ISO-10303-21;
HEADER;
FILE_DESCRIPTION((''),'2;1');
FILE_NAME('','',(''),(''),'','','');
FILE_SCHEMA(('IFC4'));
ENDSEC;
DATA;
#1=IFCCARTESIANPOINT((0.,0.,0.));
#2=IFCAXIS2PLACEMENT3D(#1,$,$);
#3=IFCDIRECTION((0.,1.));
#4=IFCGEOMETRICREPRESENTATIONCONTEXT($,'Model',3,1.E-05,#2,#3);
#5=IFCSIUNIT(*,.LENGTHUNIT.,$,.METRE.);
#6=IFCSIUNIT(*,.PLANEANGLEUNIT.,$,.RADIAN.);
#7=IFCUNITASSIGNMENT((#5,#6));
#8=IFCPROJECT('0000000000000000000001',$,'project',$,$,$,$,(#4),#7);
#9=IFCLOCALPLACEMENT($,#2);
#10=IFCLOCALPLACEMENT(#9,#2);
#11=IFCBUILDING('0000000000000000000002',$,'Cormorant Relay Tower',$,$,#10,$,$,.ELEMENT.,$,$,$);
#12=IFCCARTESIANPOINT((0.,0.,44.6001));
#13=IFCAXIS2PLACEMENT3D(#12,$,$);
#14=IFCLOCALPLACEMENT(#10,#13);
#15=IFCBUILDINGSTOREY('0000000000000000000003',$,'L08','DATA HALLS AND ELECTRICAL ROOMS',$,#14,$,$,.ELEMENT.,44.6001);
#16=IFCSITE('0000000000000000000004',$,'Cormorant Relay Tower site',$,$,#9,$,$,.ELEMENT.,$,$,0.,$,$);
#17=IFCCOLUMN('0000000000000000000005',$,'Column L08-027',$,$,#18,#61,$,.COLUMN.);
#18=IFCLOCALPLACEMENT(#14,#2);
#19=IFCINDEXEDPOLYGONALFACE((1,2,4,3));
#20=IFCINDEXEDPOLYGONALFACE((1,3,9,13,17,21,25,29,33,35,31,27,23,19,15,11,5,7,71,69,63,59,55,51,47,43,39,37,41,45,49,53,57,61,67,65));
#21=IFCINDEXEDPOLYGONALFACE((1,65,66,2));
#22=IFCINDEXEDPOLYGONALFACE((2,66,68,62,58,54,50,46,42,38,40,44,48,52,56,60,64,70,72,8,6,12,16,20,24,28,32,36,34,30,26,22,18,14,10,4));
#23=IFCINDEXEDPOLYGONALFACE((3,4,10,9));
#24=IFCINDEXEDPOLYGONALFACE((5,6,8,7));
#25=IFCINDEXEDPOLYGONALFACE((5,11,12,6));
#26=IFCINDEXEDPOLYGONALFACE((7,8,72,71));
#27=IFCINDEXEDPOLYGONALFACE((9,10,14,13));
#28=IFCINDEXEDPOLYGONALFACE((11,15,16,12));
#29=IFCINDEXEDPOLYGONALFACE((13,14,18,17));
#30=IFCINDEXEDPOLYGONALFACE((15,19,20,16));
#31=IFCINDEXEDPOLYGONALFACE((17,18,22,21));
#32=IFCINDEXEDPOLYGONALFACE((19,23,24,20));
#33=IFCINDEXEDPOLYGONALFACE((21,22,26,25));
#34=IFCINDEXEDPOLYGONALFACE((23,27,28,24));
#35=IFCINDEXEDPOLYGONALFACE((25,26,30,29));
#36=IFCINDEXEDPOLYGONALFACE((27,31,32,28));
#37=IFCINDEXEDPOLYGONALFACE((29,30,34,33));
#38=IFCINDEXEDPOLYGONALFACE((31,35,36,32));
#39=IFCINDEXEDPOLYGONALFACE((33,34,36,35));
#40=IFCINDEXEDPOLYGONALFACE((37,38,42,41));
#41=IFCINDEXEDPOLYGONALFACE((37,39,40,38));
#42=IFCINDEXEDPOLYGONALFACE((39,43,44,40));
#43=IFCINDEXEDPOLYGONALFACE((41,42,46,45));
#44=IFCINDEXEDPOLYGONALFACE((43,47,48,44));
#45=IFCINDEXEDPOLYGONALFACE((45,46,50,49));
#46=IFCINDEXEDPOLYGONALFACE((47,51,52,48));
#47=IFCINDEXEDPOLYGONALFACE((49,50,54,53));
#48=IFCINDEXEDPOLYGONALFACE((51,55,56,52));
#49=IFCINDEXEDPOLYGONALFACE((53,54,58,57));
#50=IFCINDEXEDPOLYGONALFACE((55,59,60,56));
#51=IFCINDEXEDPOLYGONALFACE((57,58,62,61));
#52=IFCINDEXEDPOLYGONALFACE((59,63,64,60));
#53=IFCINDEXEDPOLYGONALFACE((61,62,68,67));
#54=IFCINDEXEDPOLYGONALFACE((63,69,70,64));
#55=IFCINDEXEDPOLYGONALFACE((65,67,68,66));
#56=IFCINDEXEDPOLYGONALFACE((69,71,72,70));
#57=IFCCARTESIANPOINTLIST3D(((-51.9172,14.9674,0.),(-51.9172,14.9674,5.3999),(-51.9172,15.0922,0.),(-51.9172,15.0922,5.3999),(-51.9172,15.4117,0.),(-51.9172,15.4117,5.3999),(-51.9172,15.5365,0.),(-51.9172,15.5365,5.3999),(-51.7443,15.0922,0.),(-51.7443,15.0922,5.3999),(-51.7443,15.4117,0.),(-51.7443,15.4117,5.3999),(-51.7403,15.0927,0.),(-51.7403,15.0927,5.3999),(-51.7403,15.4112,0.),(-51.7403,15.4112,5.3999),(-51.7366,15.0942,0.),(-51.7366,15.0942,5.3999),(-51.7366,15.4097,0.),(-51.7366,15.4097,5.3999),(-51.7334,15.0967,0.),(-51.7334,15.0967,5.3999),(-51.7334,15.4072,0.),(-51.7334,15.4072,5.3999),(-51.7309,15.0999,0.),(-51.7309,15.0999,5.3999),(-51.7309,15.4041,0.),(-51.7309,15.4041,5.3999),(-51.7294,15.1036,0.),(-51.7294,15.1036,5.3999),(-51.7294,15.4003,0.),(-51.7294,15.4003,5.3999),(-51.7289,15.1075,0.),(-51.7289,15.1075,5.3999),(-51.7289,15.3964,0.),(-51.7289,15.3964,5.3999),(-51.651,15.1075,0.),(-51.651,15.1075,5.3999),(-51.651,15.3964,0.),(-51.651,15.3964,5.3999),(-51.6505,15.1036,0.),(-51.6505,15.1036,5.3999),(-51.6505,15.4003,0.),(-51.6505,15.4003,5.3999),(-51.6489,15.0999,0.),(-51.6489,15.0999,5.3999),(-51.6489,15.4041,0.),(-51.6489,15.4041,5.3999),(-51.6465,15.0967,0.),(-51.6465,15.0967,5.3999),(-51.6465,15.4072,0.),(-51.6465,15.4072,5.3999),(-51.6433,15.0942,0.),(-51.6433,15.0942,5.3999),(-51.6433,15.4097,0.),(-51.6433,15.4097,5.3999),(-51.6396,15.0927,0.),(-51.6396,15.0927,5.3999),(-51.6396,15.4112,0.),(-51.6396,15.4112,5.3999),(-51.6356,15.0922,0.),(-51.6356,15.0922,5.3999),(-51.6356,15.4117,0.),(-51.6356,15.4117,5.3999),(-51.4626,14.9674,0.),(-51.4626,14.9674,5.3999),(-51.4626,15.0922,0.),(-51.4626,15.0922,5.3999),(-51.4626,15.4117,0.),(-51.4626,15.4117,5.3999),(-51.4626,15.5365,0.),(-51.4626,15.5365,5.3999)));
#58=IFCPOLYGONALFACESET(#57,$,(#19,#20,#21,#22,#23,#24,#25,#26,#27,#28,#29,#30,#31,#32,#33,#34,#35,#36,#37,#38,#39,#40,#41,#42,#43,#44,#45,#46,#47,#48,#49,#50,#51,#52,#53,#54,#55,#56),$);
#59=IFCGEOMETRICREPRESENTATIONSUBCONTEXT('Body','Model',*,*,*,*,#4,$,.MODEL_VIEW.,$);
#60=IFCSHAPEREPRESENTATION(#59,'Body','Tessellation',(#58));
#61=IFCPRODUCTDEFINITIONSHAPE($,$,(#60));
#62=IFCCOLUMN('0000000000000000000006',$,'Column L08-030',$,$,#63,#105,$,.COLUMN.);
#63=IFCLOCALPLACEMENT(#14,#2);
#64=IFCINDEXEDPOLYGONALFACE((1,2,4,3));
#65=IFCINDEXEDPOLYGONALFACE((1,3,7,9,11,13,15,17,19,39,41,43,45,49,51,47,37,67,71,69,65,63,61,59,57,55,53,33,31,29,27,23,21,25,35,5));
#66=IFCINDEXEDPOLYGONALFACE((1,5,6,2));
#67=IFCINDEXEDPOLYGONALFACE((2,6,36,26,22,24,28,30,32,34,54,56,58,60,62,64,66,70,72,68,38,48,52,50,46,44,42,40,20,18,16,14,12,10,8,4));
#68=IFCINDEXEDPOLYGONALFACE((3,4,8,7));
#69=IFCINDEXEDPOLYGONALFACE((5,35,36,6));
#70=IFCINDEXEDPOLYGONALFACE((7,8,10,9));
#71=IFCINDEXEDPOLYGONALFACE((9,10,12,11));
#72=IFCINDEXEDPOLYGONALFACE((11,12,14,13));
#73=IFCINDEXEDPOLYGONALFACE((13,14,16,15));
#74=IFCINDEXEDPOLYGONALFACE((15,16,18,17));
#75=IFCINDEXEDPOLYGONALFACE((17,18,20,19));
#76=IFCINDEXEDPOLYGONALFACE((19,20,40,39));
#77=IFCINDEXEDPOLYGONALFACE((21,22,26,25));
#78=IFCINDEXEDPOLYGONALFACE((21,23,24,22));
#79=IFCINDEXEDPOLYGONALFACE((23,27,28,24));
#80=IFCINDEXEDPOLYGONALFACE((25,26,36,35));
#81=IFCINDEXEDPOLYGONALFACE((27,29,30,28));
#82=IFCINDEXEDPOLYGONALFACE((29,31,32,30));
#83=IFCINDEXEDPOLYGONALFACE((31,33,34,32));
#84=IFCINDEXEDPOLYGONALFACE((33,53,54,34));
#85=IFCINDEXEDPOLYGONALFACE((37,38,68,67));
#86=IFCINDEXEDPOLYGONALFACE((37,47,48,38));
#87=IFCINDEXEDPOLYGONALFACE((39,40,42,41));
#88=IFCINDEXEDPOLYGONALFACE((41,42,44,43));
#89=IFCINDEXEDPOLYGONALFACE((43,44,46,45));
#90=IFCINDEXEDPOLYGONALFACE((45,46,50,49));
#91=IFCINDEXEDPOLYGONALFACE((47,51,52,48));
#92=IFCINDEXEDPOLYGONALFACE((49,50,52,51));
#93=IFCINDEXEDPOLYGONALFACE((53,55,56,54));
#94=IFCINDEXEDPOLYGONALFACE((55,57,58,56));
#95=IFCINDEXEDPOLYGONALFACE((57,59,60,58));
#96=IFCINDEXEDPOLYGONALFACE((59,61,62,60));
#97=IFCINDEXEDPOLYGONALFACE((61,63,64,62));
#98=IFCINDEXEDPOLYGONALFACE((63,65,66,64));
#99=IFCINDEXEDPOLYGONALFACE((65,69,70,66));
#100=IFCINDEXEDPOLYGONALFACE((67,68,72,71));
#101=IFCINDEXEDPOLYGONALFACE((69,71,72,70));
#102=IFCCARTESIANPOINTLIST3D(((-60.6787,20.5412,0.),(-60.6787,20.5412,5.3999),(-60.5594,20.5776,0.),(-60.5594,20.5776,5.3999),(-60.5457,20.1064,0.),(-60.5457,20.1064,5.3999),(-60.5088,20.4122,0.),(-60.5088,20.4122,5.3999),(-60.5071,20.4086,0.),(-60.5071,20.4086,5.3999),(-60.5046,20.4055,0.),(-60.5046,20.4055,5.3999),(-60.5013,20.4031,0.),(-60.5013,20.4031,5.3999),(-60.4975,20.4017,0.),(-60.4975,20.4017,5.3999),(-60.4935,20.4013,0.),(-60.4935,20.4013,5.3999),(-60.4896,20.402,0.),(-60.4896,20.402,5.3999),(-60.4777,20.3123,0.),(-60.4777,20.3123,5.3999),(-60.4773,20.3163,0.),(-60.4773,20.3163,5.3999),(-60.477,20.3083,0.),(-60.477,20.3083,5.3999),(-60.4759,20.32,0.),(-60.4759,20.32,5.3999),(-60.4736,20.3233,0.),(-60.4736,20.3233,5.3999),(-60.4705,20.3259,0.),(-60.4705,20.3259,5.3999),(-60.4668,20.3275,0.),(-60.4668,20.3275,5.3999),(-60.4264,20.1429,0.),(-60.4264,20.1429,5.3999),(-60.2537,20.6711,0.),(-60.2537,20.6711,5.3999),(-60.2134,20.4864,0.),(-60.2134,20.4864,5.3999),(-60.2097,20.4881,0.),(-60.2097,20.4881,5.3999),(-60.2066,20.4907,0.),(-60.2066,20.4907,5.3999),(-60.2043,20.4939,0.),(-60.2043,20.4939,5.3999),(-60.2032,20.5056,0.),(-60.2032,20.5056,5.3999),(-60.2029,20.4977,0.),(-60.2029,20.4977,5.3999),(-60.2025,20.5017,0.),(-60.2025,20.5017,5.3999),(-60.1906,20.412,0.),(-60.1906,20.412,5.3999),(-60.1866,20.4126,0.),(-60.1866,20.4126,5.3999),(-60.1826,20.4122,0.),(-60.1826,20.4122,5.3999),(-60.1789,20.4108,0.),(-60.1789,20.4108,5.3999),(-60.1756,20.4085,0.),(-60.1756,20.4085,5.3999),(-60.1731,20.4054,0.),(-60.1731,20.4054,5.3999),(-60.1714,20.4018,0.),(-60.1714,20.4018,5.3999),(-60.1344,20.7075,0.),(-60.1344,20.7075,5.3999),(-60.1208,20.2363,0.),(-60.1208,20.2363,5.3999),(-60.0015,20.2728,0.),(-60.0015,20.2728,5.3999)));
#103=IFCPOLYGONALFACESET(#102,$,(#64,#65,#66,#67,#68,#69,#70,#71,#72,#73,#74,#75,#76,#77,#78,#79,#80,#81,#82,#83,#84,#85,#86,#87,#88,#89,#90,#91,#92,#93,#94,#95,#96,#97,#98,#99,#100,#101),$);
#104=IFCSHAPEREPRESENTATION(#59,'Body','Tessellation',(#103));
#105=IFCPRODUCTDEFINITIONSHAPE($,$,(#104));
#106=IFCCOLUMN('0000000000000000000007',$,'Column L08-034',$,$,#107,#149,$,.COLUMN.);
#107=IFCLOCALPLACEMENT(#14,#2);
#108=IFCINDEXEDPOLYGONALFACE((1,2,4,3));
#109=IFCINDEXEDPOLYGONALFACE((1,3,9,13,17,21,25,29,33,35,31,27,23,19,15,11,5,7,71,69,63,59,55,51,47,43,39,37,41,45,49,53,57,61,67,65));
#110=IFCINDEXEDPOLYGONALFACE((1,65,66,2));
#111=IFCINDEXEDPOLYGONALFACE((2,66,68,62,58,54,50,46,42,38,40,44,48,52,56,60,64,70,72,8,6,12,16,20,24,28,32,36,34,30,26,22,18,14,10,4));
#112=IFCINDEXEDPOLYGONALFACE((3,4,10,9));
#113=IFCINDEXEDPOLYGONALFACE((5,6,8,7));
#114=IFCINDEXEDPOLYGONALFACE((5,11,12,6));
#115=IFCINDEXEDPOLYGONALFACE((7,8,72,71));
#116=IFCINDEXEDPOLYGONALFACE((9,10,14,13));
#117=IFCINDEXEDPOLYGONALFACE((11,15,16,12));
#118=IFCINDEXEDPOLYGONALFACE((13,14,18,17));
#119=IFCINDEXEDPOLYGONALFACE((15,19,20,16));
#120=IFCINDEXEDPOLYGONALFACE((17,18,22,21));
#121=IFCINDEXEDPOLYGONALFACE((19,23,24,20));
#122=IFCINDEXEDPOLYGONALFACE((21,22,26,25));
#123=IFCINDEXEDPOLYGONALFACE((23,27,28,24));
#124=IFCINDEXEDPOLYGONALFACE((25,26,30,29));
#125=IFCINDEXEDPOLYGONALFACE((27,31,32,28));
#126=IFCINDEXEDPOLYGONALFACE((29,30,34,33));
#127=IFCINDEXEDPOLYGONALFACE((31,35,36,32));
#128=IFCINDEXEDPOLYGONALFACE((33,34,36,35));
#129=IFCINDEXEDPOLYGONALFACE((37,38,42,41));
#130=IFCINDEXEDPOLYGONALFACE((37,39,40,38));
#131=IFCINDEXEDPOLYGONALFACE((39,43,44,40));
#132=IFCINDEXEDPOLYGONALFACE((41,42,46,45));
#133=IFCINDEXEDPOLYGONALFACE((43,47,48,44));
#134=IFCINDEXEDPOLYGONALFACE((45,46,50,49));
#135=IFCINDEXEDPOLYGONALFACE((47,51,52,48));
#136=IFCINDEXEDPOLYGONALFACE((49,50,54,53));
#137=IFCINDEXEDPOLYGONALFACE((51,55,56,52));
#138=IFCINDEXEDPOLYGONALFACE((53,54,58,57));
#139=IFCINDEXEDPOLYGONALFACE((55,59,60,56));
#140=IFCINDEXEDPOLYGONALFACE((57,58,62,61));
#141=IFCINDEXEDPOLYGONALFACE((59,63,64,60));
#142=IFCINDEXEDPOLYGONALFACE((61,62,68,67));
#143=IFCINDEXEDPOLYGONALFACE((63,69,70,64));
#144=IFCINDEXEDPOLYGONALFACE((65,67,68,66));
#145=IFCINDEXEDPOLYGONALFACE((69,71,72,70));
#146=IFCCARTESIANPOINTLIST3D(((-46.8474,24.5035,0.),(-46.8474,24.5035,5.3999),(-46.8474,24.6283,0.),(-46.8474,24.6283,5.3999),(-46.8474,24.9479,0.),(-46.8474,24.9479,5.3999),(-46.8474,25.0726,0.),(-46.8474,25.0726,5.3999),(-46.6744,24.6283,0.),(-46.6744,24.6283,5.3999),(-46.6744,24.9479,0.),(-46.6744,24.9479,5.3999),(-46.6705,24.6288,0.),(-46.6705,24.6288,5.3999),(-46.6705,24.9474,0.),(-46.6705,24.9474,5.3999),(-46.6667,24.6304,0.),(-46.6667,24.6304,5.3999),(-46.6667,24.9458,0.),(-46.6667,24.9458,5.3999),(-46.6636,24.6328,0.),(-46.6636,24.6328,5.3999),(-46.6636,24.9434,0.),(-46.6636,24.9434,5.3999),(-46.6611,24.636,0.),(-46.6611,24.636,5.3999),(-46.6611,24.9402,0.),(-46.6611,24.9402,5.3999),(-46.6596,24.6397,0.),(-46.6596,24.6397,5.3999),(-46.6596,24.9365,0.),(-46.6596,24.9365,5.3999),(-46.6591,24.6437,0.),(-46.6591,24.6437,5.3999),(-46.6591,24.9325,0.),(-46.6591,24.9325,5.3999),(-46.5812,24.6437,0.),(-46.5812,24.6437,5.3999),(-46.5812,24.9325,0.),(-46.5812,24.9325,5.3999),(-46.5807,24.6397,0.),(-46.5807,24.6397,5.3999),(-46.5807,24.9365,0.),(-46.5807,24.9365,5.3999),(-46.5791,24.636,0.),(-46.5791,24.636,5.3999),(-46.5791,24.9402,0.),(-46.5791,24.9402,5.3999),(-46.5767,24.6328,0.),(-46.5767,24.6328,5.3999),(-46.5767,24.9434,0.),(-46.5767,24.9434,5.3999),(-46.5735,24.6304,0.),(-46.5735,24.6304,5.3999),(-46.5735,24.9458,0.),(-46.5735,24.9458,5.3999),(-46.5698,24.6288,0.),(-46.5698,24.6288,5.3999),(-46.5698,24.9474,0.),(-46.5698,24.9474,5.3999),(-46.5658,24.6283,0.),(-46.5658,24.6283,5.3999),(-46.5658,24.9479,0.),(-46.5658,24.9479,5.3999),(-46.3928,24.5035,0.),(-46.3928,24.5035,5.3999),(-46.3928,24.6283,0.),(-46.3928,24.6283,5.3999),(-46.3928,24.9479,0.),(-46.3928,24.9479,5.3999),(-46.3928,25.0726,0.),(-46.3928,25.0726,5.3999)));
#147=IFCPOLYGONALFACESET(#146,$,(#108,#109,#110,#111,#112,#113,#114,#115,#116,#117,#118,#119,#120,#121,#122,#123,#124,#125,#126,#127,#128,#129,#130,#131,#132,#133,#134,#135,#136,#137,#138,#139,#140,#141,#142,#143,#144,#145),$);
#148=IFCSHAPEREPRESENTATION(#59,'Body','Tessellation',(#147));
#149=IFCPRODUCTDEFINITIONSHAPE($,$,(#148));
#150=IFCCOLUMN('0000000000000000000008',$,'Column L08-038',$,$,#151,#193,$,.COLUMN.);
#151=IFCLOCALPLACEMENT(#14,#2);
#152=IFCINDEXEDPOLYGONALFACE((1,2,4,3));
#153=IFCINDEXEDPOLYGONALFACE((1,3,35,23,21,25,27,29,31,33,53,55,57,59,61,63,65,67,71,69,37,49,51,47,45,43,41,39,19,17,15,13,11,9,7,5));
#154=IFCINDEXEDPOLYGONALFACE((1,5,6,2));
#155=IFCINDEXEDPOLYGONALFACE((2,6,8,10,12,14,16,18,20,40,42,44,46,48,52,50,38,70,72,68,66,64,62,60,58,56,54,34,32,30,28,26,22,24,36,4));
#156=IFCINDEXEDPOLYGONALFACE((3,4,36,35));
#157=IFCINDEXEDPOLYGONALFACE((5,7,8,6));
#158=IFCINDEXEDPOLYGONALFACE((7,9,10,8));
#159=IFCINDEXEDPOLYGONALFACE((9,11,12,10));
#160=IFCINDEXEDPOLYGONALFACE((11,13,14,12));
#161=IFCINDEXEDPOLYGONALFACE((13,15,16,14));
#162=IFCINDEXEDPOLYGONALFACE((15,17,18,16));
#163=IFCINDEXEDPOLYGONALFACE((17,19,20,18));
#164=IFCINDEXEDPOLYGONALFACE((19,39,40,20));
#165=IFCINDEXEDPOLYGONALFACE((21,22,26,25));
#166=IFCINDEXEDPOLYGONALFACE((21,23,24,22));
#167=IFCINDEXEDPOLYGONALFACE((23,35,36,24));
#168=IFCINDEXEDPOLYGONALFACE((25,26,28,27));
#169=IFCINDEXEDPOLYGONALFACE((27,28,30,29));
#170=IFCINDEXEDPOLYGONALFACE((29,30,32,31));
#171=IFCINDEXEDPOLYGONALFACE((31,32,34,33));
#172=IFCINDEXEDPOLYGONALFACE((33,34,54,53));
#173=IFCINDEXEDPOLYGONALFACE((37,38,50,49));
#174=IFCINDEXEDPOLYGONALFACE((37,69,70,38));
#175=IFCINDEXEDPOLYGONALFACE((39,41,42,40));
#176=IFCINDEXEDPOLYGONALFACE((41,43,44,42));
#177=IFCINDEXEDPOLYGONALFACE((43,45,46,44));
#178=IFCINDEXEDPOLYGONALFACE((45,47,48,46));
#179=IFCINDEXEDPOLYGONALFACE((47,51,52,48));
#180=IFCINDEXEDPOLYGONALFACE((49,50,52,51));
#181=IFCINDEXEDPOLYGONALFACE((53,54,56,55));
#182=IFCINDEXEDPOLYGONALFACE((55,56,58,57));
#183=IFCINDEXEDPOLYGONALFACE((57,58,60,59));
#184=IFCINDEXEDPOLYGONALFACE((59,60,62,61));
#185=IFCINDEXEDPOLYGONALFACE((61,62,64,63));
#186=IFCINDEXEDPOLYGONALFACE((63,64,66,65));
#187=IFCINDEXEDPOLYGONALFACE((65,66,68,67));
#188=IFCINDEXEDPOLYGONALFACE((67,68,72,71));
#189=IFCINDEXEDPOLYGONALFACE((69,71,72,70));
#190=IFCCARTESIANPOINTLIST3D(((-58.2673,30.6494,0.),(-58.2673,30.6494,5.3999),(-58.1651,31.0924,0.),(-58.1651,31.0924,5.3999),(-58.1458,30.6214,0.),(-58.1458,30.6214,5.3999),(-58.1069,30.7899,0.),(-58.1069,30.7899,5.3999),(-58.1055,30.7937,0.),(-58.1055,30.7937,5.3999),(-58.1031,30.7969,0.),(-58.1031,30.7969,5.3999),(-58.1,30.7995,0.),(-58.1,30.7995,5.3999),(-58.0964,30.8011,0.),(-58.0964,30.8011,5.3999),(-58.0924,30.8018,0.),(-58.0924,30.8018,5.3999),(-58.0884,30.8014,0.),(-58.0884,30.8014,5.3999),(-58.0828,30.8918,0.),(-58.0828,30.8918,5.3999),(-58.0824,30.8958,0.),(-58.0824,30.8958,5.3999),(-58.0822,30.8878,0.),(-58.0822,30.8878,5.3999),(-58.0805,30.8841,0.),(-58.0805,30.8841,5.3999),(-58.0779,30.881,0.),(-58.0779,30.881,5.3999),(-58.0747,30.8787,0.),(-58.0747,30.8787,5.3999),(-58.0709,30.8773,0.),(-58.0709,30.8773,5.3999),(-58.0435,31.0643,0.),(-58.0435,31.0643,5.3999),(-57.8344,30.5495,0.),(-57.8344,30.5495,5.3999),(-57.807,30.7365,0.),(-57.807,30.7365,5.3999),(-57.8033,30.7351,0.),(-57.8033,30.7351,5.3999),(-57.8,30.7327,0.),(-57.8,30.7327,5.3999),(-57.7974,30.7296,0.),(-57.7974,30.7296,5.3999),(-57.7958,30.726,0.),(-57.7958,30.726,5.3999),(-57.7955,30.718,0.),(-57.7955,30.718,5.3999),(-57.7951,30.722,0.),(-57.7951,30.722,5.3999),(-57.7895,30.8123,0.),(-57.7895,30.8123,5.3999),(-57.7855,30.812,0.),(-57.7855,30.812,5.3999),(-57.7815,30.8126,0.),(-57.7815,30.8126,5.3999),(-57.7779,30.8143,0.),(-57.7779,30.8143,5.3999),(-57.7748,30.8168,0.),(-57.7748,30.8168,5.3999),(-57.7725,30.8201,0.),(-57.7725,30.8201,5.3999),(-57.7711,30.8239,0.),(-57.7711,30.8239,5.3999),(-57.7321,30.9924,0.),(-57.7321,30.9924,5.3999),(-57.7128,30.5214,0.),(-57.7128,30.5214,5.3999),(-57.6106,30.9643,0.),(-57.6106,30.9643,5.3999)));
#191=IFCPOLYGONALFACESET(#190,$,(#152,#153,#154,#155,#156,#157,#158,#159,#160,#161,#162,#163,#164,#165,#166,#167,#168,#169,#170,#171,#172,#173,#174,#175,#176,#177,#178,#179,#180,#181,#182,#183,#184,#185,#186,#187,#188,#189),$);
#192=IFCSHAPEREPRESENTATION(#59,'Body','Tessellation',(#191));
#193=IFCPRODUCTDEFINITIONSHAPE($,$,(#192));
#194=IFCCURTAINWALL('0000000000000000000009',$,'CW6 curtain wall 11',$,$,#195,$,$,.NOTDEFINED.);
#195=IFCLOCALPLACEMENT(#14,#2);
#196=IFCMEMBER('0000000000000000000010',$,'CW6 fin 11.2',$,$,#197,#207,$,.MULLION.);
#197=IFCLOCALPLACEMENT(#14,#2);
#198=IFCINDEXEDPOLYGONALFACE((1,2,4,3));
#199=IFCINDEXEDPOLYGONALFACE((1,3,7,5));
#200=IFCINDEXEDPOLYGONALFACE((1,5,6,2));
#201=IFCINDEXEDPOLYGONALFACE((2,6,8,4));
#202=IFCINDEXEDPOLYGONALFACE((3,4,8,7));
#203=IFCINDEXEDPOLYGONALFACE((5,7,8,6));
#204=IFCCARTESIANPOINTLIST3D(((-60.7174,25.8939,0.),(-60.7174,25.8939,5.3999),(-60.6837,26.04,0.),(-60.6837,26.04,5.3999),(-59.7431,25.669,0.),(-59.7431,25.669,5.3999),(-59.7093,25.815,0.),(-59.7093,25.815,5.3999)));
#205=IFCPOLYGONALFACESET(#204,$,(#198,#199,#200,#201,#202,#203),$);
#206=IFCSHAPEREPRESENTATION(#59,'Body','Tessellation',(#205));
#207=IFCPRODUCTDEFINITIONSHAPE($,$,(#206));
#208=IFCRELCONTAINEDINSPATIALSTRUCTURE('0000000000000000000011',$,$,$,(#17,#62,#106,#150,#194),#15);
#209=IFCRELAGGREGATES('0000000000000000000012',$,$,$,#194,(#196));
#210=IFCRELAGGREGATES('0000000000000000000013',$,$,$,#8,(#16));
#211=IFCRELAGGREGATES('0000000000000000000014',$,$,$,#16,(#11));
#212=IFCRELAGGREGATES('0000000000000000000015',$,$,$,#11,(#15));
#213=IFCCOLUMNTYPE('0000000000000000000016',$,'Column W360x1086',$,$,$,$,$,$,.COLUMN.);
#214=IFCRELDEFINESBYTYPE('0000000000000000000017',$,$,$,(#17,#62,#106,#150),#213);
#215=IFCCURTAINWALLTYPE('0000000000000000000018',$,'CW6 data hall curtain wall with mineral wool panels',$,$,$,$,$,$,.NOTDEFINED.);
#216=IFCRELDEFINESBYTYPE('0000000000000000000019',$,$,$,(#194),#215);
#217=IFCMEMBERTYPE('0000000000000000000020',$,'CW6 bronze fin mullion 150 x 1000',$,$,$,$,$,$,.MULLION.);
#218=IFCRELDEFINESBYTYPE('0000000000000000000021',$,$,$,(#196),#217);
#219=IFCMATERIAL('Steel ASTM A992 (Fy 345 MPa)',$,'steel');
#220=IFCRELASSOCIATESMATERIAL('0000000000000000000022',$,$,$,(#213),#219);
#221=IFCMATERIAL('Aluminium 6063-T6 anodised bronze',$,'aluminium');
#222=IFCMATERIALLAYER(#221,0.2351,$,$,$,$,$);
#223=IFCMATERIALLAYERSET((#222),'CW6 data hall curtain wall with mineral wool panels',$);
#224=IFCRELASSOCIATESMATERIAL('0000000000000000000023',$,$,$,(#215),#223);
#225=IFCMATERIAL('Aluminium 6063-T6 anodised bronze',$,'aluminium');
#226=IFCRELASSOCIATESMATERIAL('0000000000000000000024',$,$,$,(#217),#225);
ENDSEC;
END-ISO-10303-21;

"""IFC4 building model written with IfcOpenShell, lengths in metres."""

from ifc_helpers import new_model, si_unit, direction, frame, origin, origin_2d, place, context, subcontext, project, spatial, rectangle, i_section, extrude, material, layer, layer_set, material_profile, profile_set, type_object, element, aggregate, save


model = new_model("IFC4")

# Units and contexts
model_context = context("Model", 3, precision=1e-05, world=origin(), true_north=direction((0.0, 1.0)))
body_context = subcontext(model_context, "Body", "Model", "MODEL_VIEW")
ifc_project = project(units=[si_unit("LENGTHUNIT", "METRE"), si_unit("PLANEANGLEUNIT", "RADIAN")], contexts=[model_context])

# Site, building, storey
site_placement = place(None, origin())
site = spatial("IfcSite", under=ifc_project, at=site_placement, Name="Cormorant Relay Tower site", CompositionType="ELEMENT", RefElevation=0.0)
building_placement = place(site_placement, origin())
building = spatial("IfcBuilding", under=site, at=building_placement, Name="Cormorant Relay Tower", CompositionType="ELEMENT")
storey_placement = place(building_placement, frame((0.0, 0.0, 44.6001)))
storey = spatial("IfcBuildingStorey", under=building, at=storey_placement, Name="L08", Description="DATA HALLS AND ELECTRICAL ROOMS", CompositionType="ELEMENT", Elevation=44.6001)

# Columns
ifc_material_1 = material(Name="Steel ASTM A992 (Fy 345 MPa)", Category="steel")
ifc_material_profile_1 = material_profile(ifc_material_1, i_section(OverallWidth=0.4546, OverallDepth=0.5691, WebThickness=0.0779, FlangeThickness=0.1248, FilletRadius=0.0154, at=origin_2d()), Name="W360x1086")
ifc_profile_set_1 = profile_set([ifc_material_profile_1], Name="Steel ASTM A992 (Fy 345 MPa)")
column_type = type_object("IfcColumnType", Name="Column W360x1086", PredefinedType="COLUMN", material=ifc_profile_set_1)
for number, where, z_axis, x_axis, name in (
    (1, (-51.6899, 15.252, 0.0), (0.0, 0.0, 1.0), (1.0, 0.0, 0.0), "Column L08-027"),
    (2, (-60.3401, 20.407, 0.0), (0.0, 0.0, 1.0), (0.292372, -0.956305, 0.0), "Column L08-030"),
    (3, (-46.6201, 24.7881, 0.0), (0.0, 0.0, 1.0), (1.0, 0.0, 0.0), "Column L08-034"),
    (4, (-57.939, 30.8069, 0.0), (0.0, 0.0, 1.0), (-0.224951, -0.97437, 0.0), "Column L08-038"),
):
    element("IfcColumn", number, at=place(storey_placement, frame(where, z_axis=z_axis, x_axis=x_axis)), inside=storey, type_object=column_type, Name=name, PredefinedType="COLUMN", context=body_context, shape_type="SweptSolid", body=[
        extrude(i_section(OverallWidth=0.4546, OverallDepth=0.5691, WebThickness=0.0779, FlangeThickness=0.1248, FilletRadius=0.0154, at=origin_2d()), origin(), (0.0, 0.0, 1.0), 5.3999),
    ])

# Curtain wall, member
ifc_material_2 = material(Name="Aluminium 6063-T6 anodised bronze", Category="aluminium")
ifc_layer_1 = layer(ifc_material_2, 0.2351)
ifc_layer_set_1 = layer_set([ifc_layer_1], Name="CW6 data hall curtain wall with mineral wool panels")
curtain_wall_type = type_object("IfcCurtainWallType", Name="CW6 data hall curtain wall with mineral wool panels", PredefinedType="NOTDEFINED", material=ifc_layer_set_1)
curtain_wall_1_placement = place(storey_placement, origin())
curtain_wall_1 = element("IfcCurtainWall", 5, at=curtain_wall_1_placement, inside=storey, type_object=curtain_wall_type, Name="CW6 curtain wall 11", PredefinedType="NOTDEFINED")
ifc_material_3 = material(Name="Aluminium 6063-T6 anodised bronze", Category="aluminium")
ifc_material_profile_2 = material_profile(ifc_material_3, rectangle(XDim=0.1499, YDim=1.0, at=origin_2d()), Name="AL 150x1000")
ifc_profile_set_2 = profile_set([ifc_material_profile_2], Name="Aluminium 6063-T6 anodised bronze")
member_type_1 = type_object("IfcMemberType", Name="CW6 bronze fin mullion 150 x 1000", PredefinedType="MULLION", material=ifc_profile_set_2)
member_1_placement = place(storey_placement, frame((-60.2134, 25.8545, 0.0), z_axis=(0.0, 0.0, 1.0), x_axis=(-0.224951, -0.97437, 0.0)))
member_1 = element("IfcMember", 6, at=member_1_placement, type_object=member_type_1, Name="CW6 fin 11.2", PredefinedType="MULLION", context=body_context, shape_type="SweptSolid", body=[
    extrude(rectangle(XDim=0.1499, YDim=1.0, at=origin_2d()), origin(), (0.0, 0.0, 1.0), 5.3999),
])

aggregate(curtain_wall_1, [member_1])

save(model, "model.ifc")
